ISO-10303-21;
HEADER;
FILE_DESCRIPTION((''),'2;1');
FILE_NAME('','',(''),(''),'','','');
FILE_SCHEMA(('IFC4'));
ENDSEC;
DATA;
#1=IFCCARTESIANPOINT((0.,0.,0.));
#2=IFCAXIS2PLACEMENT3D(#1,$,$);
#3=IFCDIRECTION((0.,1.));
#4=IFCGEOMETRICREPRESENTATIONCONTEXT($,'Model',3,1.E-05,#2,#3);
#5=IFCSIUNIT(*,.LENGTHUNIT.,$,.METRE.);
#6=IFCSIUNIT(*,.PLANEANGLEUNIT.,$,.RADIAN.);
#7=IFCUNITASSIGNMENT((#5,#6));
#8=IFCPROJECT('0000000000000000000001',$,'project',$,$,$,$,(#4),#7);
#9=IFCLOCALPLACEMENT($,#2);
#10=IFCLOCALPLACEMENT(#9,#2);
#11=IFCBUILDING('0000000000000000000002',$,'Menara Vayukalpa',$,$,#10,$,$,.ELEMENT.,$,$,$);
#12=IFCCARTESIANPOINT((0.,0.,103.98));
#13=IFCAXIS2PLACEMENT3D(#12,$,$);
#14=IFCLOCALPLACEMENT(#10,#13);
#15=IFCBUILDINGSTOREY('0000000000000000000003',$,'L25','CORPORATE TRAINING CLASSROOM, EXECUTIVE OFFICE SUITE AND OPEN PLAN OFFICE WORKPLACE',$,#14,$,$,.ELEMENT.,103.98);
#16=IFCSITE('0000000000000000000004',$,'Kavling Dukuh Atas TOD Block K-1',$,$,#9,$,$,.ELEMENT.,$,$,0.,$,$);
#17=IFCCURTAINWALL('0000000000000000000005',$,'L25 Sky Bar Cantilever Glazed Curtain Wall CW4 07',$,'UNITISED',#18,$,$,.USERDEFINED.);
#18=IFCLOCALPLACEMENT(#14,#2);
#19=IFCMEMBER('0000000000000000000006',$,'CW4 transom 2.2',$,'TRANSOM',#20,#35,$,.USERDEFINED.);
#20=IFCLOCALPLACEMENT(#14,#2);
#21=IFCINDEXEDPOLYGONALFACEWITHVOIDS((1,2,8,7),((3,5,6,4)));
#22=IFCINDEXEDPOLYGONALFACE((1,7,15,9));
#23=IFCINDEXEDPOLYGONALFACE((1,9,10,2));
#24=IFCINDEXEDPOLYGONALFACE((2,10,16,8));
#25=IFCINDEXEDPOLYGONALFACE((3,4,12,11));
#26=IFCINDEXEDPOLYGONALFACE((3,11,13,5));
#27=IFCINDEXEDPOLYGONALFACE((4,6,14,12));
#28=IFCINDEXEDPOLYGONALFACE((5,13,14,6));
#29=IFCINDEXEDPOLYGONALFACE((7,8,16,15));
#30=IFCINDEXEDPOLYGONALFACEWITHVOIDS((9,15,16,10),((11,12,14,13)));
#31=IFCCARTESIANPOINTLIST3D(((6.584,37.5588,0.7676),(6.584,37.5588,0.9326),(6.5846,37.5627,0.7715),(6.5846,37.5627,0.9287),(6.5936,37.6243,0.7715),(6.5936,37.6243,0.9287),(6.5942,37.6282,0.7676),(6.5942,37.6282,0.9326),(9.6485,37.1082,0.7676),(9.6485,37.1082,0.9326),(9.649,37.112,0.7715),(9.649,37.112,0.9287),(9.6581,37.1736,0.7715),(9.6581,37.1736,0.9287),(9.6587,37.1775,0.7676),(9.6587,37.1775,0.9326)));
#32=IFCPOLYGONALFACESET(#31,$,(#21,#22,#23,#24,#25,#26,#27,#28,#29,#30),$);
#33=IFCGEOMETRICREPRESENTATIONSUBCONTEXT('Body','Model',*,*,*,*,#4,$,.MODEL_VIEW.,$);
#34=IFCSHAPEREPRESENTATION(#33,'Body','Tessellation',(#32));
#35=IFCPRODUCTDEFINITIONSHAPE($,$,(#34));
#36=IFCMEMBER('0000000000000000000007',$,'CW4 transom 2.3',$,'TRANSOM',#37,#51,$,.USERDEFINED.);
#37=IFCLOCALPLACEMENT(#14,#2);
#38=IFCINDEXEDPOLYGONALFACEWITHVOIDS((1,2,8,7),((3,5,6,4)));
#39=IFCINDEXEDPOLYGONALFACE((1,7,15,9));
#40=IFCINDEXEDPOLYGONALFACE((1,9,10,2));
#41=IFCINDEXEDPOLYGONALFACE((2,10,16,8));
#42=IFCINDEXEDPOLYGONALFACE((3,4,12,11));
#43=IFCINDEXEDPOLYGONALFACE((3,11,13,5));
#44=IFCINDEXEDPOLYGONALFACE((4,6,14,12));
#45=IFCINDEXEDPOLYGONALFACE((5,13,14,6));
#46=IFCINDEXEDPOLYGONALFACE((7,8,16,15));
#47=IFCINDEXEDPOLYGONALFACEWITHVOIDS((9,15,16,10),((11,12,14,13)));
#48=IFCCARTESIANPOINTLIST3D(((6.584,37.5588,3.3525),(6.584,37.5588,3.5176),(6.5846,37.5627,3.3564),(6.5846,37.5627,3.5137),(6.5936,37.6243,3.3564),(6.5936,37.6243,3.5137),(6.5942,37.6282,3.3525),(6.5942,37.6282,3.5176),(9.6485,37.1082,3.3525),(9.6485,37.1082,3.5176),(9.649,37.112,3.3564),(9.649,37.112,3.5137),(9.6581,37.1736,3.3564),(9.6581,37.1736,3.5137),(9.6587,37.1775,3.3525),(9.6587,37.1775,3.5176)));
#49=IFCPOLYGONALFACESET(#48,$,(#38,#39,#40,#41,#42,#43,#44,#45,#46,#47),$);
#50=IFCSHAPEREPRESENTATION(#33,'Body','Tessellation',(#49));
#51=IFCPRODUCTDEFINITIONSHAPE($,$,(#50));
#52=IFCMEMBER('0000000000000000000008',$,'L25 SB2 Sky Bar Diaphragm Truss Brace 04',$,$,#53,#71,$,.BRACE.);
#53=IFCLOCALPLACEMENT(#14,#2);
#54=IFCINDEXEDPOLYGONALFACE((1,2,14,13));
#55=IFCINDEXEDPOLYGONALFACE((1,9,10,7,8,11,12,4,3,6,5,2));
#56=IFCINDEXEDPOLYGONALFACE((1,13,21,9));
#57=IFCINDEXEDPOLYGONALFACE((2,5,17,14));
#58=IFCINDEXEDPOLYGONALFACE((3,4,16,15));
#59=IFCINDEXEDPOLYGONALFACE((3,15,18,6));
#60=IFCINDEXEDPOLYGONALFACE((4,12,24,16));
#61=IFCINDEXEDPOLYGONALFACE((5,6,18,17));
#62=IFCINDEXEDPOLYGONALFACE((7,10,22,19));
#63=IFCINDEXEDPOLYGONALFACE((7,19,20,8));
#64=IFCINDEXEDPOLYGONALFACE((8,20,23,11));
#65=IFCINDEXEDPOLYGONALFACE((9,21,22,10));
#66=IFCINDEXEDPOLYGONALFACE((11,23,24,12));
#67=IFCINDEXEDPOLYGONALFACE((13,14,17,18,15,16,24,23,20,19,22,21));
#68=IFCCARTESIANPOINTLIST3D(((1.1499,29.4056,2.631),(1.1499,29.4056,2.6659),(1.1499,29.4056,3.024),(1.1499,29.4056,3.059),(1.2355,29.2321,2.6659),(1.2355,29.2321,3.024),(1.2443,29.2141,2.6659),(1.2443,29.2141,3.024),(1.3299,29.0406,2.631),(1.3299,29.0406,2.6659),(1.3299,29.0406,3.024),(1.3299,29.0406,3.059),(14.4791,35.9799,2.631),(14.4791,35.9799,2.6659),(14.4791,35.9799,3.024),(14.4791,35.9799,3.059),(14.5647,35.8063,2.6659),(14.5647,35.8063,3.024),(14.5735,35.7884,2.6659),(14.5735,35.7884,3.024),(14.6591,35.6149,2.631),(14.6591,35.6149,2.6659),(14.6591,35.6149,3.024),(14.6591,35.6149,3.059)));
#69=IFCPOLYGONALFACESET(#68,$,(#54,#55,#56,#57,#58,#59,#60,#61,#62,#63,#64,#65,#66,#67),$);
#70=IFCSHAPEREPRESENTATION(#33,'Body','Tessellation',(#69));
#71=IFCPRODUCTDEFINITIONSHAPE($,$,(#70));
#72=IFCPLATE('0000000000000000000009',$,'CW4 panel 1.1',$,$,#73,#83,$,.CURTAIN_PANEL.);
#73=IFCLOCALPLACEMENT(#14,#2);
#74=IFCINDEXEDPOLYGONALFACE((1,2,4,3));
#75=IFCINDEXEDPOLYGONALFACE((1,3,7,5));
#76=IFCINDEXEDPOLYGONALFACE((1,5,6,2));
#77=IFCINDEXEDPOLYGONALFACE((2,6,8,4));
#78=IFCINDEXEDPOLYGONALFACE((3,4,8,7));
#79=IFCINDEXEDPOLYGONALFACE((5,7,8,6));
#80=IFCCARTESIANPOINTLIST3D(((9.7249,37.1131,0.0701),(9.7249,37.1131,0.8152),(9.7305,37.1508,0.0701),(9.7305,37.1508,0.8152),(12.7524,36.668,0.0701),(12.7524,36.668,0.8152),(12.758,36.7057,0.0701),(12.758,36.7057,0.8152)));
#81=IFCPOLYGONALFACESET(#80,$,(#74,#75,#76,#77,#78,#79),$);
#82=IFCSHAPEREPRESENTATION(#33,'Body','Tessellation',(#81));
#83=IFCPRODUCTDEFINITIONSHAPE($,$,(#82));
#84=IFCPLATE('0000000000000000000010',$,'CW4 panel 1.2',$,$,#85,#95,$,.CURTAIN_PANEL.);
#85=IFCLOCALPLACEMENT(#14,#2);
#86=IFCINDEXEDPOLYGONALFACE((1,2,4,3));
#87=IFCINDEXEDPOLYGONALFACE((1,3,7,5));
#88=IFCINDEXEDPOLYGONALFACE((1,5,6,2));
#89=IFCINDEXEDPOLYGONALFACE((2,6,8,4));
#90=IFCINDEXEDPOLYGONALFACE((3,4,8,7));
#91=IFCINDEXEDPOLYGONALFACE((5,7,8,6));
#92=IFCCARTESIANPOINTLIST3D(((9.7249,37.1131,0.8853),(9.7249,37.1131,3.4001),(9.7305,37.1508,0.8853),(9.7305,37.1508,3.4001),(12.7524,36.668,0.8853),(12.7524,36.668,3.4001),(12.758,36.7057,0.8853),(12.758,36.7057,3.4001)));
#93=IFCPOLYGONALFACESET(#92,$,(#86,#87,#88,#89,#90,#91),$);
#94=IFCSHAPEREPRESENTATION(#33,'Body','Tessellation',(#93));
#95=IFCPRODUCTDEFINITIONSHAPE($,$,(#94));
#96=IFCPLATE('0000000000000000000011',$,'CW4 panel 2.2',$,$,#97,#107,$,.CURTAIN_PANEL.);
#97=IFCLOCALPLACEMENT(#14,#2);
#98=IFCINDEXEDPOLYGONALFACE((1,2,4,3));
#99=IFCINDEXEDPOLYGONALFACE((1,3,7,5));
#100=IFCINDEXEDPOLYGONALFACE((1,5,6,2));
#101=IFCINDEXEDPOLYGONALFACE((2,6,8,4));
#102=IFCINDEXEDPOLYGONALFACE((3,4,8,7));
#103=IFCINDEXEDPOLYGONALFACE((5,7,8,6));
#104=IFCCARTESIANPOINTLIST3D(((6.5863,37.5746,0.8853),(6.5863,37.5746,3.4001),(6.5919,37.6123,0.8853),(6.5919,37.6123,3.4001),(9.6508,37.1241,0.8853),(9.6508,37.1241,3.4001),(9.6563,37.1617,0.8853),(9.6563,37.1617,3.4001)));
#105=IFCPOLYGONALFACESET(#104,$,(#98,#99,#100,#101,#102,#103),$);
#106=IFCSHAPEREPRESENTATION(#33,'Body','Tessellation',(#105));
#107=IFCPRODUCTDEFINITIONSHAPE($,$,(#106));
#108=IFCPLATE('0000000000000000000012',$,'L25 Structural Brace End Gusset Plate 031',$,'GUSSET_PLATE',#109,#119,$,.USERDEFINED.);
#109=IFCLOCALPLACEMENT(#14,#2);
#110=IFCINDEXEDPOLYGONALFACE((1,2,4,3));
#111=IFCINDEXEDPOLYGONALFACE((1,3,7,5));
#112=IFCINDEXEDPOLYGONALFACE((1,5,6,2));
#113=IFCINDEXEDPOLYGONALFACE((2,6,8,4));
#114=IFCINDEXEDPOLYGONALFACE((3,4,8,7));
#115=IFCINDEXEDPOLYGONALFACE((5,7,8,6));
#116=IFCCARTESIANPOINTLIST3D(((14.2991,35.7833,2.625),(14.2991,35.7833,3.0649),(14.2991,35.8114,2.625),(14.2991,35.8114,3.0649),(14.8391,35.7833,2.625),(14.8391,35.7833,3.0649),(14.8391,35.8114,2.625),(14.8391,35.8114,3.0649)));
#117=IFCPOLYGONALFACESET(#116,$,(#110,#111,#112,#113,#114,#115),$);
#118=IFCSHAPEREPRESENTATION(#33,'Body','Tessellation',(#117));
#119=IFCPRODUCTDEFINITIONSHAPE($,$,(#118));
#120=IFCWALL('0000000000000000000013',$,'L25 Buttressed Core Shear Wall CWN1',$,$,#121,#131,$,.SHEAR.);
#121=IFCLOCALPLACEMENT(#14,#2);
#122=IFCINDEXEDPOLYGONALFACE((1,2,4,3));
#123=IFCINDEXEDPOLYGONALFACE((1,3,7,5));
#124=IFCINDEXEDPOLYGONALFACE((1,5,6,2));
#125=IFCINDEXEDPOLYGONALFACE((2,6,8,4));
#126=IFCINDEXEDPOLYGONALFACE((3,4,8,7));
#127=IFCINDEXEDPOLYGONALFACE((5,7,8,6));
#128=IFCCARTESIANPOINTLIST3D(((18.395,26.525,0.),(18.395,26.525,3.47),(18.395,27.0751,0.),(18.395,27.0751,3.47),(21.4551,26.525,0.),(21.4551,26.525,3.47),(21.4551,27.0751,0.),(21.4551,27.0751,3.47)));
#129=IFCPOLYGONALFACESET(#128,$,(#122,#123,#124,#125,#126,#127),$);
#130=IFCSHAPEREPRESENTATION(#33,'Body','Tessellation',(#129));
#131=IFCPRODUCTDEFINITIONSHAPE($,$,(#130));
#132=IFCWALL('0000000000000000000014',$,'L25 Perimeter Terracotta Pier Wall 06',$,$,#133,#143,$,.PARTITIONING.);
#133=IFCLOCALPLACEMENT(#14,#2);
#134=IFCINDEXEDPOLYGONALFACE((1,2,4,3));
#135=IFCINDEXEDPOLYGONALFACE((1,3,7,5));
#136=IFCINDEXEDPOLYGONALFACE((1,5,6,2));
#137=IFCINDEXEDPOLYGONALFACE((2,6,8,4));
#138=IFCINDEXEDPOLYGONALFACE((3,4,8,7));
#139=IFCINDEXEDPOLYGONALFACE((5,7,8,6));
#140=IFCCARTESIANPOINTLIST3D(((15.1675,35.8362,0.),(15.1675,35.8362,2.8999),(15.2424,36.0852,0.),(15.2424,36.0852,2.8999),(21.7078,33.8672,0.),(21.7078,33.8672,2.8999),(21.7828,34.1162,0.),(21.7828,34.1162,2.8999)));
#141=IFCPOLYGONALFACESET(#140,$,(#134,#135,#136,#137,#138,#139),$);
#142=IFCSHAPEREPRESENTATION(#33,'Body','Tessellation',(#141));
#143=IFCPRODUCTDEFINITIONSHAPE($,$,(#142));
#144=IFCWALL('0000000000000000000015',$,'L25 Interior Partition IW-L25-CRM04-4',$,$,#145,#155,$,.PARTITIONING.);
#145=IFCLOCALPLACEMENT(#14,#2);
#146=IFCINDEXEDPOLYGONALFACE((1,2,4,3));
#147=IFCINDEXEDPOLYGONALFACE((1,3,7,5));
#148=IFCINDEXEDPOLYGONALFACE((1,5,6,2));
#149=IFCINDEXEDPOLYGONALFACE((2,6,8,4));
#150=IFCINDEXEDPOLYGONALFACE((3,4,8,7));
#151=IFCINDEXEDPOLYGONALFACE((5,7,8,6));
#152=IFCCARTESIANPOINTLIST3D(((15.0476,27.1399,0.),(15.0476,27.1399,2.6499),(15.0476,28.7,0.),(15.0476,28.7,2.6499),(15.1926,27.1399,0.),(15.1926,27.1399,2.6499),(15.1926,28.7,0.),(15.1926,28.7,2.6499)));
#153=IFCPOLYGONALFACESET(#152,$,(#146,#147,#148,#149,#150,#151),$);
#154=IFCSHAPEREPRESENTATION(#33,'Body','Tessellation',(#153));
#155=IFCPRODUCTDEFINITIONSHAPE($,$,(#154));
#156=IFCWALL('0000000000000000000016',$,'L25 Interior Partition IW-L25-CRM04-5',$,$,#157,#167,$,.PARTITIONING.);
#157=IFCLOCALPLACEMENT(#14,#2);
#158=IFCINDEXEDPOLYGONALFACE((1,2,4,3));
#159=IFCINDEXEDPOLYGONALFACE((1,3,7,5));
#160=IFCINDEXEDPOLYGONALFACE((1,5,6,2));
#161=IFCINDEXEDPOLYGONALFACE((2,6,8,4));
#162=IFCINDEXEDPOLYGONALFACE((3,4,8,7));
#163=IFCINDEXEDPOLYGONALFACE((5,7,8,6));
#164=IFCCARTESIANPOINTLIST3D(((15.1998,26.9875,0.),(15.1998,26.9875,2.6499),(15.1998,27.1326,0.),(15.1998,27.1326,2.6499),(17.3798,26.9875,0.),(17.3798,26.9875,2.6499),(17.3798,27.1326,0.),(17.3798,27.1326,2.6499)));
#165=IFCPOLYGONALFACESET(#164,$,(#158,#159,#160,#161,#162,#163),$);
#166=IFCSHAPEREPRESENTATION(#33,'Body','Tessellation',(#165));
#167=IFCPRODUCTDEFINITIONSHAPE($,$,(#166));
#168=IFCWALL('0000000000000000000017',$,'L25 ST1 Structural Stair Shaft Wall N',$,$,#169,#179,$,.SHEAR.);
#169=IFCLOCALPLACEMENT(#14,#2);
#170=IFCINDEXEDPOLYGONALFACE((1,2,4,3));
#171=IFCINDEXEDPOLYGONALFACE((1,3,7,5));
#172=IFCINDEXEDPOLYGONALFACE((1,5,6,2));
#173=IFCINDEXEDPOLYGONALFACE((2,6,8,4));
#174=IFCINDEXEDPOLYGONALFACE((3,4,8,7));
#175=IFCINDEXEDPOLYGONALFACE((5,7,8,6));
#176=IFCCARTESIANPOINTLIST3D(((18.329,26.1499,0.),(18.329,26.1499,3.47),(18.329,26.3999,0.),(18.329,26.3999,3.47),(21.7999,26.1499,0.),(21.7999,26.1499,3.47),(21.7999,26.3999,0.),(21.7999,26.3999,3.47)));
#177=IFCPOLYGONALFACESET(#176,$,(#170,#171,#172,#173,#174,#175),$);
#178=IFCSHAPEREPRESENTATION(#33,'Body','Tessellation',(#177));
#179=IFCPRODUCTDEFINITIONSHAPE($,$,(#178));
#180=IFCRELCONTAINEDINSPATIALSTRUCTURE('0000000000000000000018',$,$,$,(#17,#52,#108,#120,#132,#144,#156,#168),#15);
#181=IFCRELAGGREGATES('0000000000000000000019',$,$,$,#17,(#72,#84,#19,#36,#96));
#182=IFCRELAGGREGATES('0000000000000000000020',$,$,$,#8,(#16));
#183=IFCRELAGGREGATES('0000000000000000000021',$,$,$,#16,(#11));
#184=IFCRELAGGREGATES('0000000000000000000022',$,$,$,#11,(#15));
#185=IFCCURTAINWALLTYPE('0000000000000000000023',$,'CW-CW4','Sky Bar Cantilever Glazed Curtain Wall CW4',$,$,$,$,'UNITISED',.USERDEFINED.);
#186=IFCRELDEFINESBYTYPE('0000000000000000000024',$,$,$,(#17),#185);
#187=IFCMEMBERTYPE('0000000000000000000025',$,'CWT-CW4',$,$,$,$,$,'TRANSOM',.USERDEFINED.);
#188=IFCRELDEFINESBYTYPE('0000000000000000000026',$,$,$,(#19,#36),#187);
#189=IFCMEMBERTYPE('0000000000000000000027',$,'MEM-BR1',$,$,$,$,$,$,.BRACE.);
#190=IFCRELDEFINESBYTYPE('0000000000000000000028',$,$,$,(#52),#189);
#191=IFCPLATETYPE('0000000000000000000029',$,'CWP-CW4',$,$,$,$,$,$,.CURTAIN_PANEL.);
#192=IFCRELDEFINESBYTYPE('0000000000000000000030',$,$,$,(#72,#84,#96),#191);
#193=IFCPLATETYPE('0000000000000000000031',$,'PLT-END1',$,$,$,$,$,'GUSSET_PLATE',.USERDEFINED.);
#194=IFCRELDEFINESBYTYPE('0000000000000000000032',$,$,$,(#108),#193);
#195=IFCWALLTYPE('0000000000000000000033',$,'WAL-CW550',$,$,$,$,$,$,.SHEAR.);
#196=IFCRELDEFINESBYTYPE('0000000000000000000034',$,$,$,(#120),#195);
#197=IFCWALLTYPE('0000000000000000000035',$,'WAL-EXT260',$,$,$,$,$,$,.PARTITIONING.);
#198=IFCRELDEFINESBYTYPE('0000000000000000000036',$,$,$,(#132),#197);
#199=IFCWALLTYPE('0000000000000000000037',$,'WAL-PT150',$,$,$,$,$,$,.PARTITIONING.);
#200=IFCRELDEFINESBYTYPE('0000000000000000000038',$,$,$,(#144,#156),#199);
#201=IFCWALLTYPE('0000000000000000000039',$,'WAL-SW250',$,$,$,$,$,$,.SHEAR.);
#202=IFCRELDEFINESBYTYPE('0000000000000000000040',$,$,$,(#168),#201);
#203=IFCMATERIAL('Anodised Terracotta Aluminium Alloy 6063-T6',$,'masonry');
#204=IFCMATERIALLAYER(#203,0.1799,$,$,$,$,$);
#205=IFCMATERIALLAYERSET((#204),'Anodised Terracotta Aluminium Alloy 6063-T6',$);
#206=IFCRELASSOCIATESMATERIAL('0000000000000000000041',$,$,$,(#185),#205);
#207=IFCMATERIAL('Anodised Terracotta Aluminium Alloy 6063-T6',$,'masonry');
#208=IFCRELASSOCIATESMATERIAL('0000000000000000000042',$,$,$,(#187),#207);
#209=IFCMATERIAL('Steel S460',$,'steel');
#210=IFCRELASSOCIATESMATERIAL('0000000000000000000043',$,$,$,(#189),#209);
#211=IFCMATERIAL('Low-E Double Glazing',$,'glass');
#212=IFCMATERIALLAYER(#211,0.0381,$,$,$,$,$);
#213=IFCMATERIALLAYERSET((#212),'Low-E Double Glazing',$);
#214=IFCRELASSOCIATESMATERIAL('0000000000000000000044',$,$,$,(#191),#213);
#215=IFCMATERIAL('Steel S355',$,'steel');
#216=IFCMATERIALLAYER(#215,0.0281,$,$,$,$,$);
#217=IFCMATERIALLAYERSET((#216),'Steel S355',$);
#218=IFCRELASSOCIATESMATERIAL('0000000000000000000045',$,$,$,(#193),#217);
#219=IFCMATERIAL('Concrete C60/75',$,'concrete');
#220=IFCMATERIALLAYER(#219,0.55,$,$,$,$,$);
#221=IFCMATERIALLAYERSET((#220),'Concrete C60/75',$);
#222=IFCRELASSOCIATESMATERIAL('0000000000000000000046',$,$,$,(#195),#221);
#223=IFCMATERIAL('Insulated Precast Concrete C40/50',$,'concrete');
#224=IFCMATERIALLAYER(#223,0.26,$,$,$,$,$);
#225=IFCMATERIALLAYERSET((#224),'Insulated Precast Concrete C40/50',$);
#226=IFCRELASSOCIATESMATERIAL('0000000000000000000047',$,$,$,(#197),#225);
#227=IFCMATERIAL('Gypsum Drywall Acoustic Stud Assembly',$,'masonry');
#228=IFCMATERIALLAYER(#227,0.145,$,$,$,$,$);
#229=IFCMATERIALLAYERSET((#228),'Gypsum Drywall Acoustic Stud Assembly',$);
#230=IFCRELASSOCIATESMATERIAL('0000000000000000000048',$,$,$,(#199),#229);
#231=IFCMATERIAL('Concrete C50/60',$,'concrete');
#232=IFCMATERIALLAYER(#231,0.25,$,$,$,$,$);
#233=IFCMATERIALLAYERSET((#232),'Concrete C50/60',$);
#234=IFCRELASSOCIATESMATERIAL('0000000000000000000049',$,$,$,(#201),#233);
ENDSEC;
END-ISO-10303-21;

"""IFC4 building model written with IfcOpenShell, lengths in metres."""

from ifc_helpers import new_model, si_unit, direction, frame, frame_2d, origin, origin_2d, place, context, subcontext, project, spatial, rectangle, hollow_rectangle, i_section, extrude, material, layer, layer_set, material_profile, profile_set, type_object, element, aggregate, save


model = new_model("IFC4")

# Units and contexts
model_context = context("Model", 3, precision=1e-05, world=origin(), true_north=direction((0.0, 1.0)))
body_context = subcontext(model_context, "Body", "Model", "MODEL_VIEW")
ifc_project = project(units=[si_unit("LENGTHUNIT", "METRE"), si_unit("PLANEANGLEUNIT", "RADIAN")], contexts=[model_context])

# Site, building, storey
site_placement = place(None, origin())
site = spatial("IfcSite", under=ifc_project, at=site_placement, Name="Kavling Dukuh Atas TOD Block K-1", CompositionType="ELEMENT", RefElevation=0.0)
building_placement = place(site_placement, origin())
building = spatial("IfcBuilding", under=site, at=building_placement, Name="Menara Vayukalpa", CompositionType="ELEMENT")
storey_placement = place(building_placement, frame((0.0, 0.0, 103.98)))
storey = spatial("IfcBuildingStorey", under=building, at=storey_placement, Name="L25", Description="CORPORATE TRAINING CLASSROOM, EXECUTIVE OFFICE SUITE AND OPEN PLAN OFFICE WORKPLACE", CompositionType="ELEMENT", Elevation=103.98)

# Curtain wall, members
ifc_material_1 = material(Name="Anodised Terracotta Aluminium Alloy 6063-T6", Category="masonry")
ifc_layer_1 = layer(ifc_material_1, 0.1799)
ifc_layer_set_1 = layer_set([ifc_layer_1], Name="Anodised Terracotta Aluminium Alloy 6063-T6")
curtain_wall_type = type_object("IfcCurtainWallType", Name="CW-CW4", Description="Sky Bar Cantilever Glazed Curtain Wall CW4", ElementType="UNITISED", PredefinedType="USERDEFINED", material=ifc_layer_set_1)
curtain_wall_placement = place(storey_placement, origin())
curtain_wall = element("IfcCurtainWall", 1, at=curtain_wall_placement, inside=storey, type_object=curtain_wall_type, Name="L25 Sky Bar Cantilever Glazed Curtain Wall CW4 07", ObjectType="UNITISED", PredefinedType="USERDEFINED")
ifc_material_2 = material(Name="Anodised Terracotta Aluminium Alloy 6063-T6", Category="masonry")
ifc_material_profile_1 = material_profile(ifc_material_2, hollow_rectangle(XDim=0.0701, YDim=0.165, WallThickness=0.0039, at=origin_2d()), Name="ALU 70x165x4")
ifc_profile_set_1 = profile_set([ifc_material_profile_1], Name="Anodised Terracotta Aluminium Alloy 6063-T6")
member_type_1 = type_object("IfcMemberType", Name="CWT-CW4", ElementType="TRANSOM", PredefinedType="USERDEFINED", material=ifc_profile_set_1)
member_1_placement = place(storey_placement, frame((9.6536, 37.1428, 0.8501), z_axis=(-0.989358, 0.145503, 0.0), x_axis=(-0.145503, -0.989358, 0.0)))
member_1 = element("IfcMember", 2, at=member_1_placement, type_object=member_type_1, Name="CW4 transom 2.2", ObjectType="TRANSOM", PredefinedType="USERDEFINED", context=body_context, shape_type="SweptSolid", body=[
    extrude(hollow_rectangle(XDim=0.0701, YDim=0.165, WallThickness=0.0039, at=origin_2d()), origin(), (0.0, 0.0, 1.0), 3.0974),
])
member_2_placement = place(storey_placement, frame((9.6536, 37.1428, 3.4351), z_axis=(-0.989358, 0.145503, 0.0), x_axis=(-0.145503, -0.989358, 0.0)))
member_2 = element("IfcMember", 3, at=member_2_placement, type_object=member_type_1, Name="CW4 transom 2.3", ObjectType="TRANSOM", PredefinedType="USERDEFINED", context=body_context, shape_type="SweptSolid", body=[
    extrude(hollow_rectangle(XDim=0.0701, YDim=0.165, WallThickness=0.0039, at=origin_2d()), origin(), (0.0, 0.0, 1.0), 3.0974),
])

# Member
ifc_material_3 = material(Name="Steel S460", Category="steel")
ifc_material_profile_2 = material_profile(ifc_material_3, i_section(OverallWidth=0.407, OverallDepth=0.428, WebThickness=0.02, FlangeThickness=0.0349, at=origin_2d()), Name="H 428x407x20x35")
ifc_profile_set_2 = profile_set([ifc_material_profile_2], Name="Steel S460")
member_type_2 = type_object("IfcMemberType", Name="MEM-BR1", PredefinedType="BRACE", material=ifc_profile_set_2)
member_3_placement = place(storey_placement, frame((14.5691, 35.7974, 2.845), z_axis=(-0.896845, -0.442345, 0.0), x_axis=(0.442345, -0.896845, 0.0)))
element("IfcMember", 4, at=member_3_placement, inside=storey, type_object=member_type_2, Name="L25 SB2 Sky Bar Diaphragm Truss Brace 04", PredefinedType="BRACE", context=body_context, shape_type="SweptSolid", body=[
    extrude(i_section(OverallWidth=0.407, OverallDepth=0.428, WebThickness=0.02, FlangeThickness=0.0349, at=origin_2d()), origin(), (0.0, 0.0, 1.0), 14.8623),
])

# Plates
ifc_material_4 = material(Name="Low-E Double Glazing", Category="glass")
ifc_layer_2 = layer(ifc_material_4, 0.0381)
ifc_layer_set_2 = layer_set([ifc_layer_2], Name="Low-E Double Glazing")
plate_type_1 = type_object("IfcPlateType", Name="CWP-CW4", PredefinedType="CURTAIN_PANEL", material=ifc_layer_set_2)
plate_1_placement = place(storey_placement, frame((11.2415, 36.9094, 0.0701), z_axis=(0.0, 0.0, 1.0), x_axis=(-0.989365, 0.145451, 0.0)))
plate_1 = element("IfcPlate", 5, at=plate_1_placement, type_object=plate_type_1, Name="CW4 panel 1.1", PredefinedType="CURTAIN_PANEL", context=body_context, shape_type="SweptSolid", body=[
    extrude(rectangle(XDim=3.0601, YDim=0.0381, at=origin_2d()), origin(), (0.0, 0.0, 1.0), 0.7451),
])
plate_2_placement = place(storey_placement, frame((11.2415, 36.9094, 0.8853), z_axis=(0.0, 0.0, 1.0), x_axis=(-0.989365, 0.145451, 0.0)))
plate_2 = element("IfcPlate", 6, at=plate_2_placement, type_object=plate_type_1, Name="CW4 panel 1.2", PredefinedType="CURTAIN_PANEL", context=body_context, shape_type="SweptSolid", body=[
    extrude(rectangle(XDim=3.0601, YDim=0.0381, at=origin_2d()), origin(), (0.0, 0.0, 1.0), 2.5149),
])
plate_3_placement = place(storey_placement, frame((8.1213, 37.3682, 0.8853), z_axis=(0.0, 0.0, 1.0), x_axis=(-0.989365, 0.145451, 0.0)))
plate_3 = element("IfcPlate", 7, at=plate_3_placement, type_object=plate_type_1, Name="CW4 panel 2.2", PredefinedType="CURTAIN_PANEL", context=body_context, shape_type="SweptSolid", body=[
    extrude(rectangle(XDim=3.0974, YDim=0.0381, at=origin_2d()), origin(), (0.0, 0.0, 1.0), 2.5149),
])
aggregate(curtain_wall, [plate_1, plate_2, member_1, member_2, plate_3])
ifc_material_5 = material(Name="Steel S355", Category="steel")
ifc_layer_3 = layer(ifc_material_5, 0.0281)
ifc_layer_set_3 = layer_set([ifc_layer_3], Name="Steel S355")
plate_type_2 = type_object("IfcPlateType", Name="PLT-END1", ElementType="GUSSET_PLATE", PredefinedType="USERDEFINED", material=ifc_layer_set_3)
plate_4_placement = place(storey_placement, frame((14.5691, 35.7974, 2.625), z_axis=(0.0, 0.0, 1.0), x_axis=(1.0, 0.0, 0.0)))
element("IfcPlate", 8, at=plate_4_placement, inside=storey, type_object=plate_type_2, Name="L25 Structural Brace End Gusset Plate 031", ObjectType="GUSSET_PLATE", PredefinedType="USERDEFINED", context=body_context, shape_type="SweptSolid", body=[
    extrude(rectangle(XDim=0.54, YDim=0.0281, at=origin_2d()), origin(), (0.0, 0.0, 1.0), 0.4399),
])

# Walls
ifc_material_6 = material(Name="Concrete C60/75", Category="concrete")
ifc_layer_4 = layer(ifc_material_6, 0.55)
ifc_layer_set_4 = layer_set([ifc_layer_4], Name="Concrete C60/75")
wall_type_1 = type_object("IfcWallType", Name="WAL-CW550", PredefinedType="SHEAR", material=ifc_layer_set_4)
wall_1_placement = place(storey_placement, frame((18.395, 26.8, 0.0), z_axis=(0.0, 0.0, 1.0), x_axis=(1.0, 0.0, 0.0)))
element("IfcWall", 9, at=wall_1_placement, inside=storey, type_object=wall_type_1, Name="L25 Buttressed Core Shear Wall CWN1", PredefinedType="SHEAR", context=body_context, shape_type="SweptSolid", body=[
    extrude(rectangle(XDim=3.0601, YDim=0.55, at=frame_2d((1.53, 0.0))), origin(), (0.0, 0.0, 1.0), 3.47),
])
ifc_material_7 = material(Name="Insulated Precast Concrete C40/50", Category="concrete")
ifc_layer_5 = layer(ifc_material_7, 0.26)
ifc_layer_set_5 = layer_set([ifc_layer_5], Name="Insulated Precast Concrete C40/50")
wall_type_2 = type_object("IfcWallType", Name="WAL-EXT260", PredefinedType="PARTITIONING", material=ifc_layer_set_5)
wall_2_placement = place(storey_placement, frame((15.2051, 35.9607, 0.0), z_axis=(0.0, 0.0, 1.0), x_axis=(0.957547, -0.288276, 0.0)))
element("IfcWall", 10, at=wall_2_placement, inside=storey, type_object=wall_type_2, Name="L25 Perimeter Terracotta Pier Wall 06", PredefinedType="PARTITIONING", context=body_context, shape_type="SweptSolid", body=[
    extrude(rectangle(XDim=6.8303, YDim=0.26, at=frame_2d((3.415, 0.0))), origin(), (0.0, 0.0, 1.0), 2.8999),
])
ifc_material_8 = material(Name="Gypsum Drywall Acoustic Stud Assembly", Category="masonry")
ifc_layer_6 = layer(ifc_material_8, 0.145)
ifc_layer_set_6 = layer_set([ifc_layer_6], Name="Gypsum Drywall Acoustic Stud Assembly")
wall_type_3 = type_object("IfcWallType", Name="WAL-PT150", PredefinedType="PARTITIONING", material=ifc_layer_set_6)
wall_3_placement = place(storey_placement, frame((15.1201, 28.7, 0.0), z_axis=(0.0, 0.0, 1.0), x_axis=(0.0, -1.0, 0.0)))
element("IfcWall", 11, at=wall_3_placement, inside=storey, type_object=wall_type_3, Name="L25 Interior Partition IW-L25-CRM04-4", PredefinedType="PARTITIONING", context=body_context, shape_type="SweptSolid", body=[
    extrude(rectangle(XDim=1.5601, YDim=0.145, at=frame_2d((0.78, 0.0))), origin(), (0.0, 0.0, 1.0), 2.6499),
])
wall_4_placement = place(storey_placement, frame((15.2, 27.0601, 0.0), z_axis=(0.0, 0.0, 1.0), x_axis=(1.0, 0.0, 0.0)))
element("IfcWall", 12, at=wall_4_placement, inside=storey, type_object=wall_type_3, Name="L25 Interior Partition IW-L25-CRM04-5", PredefinedType="PARTITIONING", context=body_context, shape_type="SweptSolid", body=[
    extrude(rectangle(XDim=2.1799, YDim=0.145, at=frame_2d((1.0898, 0.0))), origin(), (0.0, 0.0, 1.0), 2.6499),
])
ifc_material_9 = material(Name="Concrete C50/60", Category="concrete")
ifc_layer_7 = layer(ifc_material_9, 0.25)
ifc_layer_set_7 = layer_set([ifc_layer_7], Name="Concrete C50/60")
wall_type_4 = type_object("IfcWallType", Name="WAL-SW250", PredefinedType="SHEAR", material=ifc_layer_set_7)
wall_5_placement = place(storey_placement, frame((18.3291, 26.2749, 0.0), z_axis=(0.0, 0.0, 1.0), x_axis=(1.0, 0.0, 0.0)))
element("IfcWall", 13, at=wall_5_placement, inside=storey, type_object=wall_type_4, Name="L25 ST1 Structural Stair Shaft Wall N", PredefinedType="SHEAR", context=body_context, shape_type="SweptSolid", body=[
    extrude(rectangle(XDim=3.4709, YDim=0.25, at=frame_2d((1.7354, 0.0))), origin(), (0.0, 0.0, 1.0), 3.47),
])

save(model, "model.ifc")
